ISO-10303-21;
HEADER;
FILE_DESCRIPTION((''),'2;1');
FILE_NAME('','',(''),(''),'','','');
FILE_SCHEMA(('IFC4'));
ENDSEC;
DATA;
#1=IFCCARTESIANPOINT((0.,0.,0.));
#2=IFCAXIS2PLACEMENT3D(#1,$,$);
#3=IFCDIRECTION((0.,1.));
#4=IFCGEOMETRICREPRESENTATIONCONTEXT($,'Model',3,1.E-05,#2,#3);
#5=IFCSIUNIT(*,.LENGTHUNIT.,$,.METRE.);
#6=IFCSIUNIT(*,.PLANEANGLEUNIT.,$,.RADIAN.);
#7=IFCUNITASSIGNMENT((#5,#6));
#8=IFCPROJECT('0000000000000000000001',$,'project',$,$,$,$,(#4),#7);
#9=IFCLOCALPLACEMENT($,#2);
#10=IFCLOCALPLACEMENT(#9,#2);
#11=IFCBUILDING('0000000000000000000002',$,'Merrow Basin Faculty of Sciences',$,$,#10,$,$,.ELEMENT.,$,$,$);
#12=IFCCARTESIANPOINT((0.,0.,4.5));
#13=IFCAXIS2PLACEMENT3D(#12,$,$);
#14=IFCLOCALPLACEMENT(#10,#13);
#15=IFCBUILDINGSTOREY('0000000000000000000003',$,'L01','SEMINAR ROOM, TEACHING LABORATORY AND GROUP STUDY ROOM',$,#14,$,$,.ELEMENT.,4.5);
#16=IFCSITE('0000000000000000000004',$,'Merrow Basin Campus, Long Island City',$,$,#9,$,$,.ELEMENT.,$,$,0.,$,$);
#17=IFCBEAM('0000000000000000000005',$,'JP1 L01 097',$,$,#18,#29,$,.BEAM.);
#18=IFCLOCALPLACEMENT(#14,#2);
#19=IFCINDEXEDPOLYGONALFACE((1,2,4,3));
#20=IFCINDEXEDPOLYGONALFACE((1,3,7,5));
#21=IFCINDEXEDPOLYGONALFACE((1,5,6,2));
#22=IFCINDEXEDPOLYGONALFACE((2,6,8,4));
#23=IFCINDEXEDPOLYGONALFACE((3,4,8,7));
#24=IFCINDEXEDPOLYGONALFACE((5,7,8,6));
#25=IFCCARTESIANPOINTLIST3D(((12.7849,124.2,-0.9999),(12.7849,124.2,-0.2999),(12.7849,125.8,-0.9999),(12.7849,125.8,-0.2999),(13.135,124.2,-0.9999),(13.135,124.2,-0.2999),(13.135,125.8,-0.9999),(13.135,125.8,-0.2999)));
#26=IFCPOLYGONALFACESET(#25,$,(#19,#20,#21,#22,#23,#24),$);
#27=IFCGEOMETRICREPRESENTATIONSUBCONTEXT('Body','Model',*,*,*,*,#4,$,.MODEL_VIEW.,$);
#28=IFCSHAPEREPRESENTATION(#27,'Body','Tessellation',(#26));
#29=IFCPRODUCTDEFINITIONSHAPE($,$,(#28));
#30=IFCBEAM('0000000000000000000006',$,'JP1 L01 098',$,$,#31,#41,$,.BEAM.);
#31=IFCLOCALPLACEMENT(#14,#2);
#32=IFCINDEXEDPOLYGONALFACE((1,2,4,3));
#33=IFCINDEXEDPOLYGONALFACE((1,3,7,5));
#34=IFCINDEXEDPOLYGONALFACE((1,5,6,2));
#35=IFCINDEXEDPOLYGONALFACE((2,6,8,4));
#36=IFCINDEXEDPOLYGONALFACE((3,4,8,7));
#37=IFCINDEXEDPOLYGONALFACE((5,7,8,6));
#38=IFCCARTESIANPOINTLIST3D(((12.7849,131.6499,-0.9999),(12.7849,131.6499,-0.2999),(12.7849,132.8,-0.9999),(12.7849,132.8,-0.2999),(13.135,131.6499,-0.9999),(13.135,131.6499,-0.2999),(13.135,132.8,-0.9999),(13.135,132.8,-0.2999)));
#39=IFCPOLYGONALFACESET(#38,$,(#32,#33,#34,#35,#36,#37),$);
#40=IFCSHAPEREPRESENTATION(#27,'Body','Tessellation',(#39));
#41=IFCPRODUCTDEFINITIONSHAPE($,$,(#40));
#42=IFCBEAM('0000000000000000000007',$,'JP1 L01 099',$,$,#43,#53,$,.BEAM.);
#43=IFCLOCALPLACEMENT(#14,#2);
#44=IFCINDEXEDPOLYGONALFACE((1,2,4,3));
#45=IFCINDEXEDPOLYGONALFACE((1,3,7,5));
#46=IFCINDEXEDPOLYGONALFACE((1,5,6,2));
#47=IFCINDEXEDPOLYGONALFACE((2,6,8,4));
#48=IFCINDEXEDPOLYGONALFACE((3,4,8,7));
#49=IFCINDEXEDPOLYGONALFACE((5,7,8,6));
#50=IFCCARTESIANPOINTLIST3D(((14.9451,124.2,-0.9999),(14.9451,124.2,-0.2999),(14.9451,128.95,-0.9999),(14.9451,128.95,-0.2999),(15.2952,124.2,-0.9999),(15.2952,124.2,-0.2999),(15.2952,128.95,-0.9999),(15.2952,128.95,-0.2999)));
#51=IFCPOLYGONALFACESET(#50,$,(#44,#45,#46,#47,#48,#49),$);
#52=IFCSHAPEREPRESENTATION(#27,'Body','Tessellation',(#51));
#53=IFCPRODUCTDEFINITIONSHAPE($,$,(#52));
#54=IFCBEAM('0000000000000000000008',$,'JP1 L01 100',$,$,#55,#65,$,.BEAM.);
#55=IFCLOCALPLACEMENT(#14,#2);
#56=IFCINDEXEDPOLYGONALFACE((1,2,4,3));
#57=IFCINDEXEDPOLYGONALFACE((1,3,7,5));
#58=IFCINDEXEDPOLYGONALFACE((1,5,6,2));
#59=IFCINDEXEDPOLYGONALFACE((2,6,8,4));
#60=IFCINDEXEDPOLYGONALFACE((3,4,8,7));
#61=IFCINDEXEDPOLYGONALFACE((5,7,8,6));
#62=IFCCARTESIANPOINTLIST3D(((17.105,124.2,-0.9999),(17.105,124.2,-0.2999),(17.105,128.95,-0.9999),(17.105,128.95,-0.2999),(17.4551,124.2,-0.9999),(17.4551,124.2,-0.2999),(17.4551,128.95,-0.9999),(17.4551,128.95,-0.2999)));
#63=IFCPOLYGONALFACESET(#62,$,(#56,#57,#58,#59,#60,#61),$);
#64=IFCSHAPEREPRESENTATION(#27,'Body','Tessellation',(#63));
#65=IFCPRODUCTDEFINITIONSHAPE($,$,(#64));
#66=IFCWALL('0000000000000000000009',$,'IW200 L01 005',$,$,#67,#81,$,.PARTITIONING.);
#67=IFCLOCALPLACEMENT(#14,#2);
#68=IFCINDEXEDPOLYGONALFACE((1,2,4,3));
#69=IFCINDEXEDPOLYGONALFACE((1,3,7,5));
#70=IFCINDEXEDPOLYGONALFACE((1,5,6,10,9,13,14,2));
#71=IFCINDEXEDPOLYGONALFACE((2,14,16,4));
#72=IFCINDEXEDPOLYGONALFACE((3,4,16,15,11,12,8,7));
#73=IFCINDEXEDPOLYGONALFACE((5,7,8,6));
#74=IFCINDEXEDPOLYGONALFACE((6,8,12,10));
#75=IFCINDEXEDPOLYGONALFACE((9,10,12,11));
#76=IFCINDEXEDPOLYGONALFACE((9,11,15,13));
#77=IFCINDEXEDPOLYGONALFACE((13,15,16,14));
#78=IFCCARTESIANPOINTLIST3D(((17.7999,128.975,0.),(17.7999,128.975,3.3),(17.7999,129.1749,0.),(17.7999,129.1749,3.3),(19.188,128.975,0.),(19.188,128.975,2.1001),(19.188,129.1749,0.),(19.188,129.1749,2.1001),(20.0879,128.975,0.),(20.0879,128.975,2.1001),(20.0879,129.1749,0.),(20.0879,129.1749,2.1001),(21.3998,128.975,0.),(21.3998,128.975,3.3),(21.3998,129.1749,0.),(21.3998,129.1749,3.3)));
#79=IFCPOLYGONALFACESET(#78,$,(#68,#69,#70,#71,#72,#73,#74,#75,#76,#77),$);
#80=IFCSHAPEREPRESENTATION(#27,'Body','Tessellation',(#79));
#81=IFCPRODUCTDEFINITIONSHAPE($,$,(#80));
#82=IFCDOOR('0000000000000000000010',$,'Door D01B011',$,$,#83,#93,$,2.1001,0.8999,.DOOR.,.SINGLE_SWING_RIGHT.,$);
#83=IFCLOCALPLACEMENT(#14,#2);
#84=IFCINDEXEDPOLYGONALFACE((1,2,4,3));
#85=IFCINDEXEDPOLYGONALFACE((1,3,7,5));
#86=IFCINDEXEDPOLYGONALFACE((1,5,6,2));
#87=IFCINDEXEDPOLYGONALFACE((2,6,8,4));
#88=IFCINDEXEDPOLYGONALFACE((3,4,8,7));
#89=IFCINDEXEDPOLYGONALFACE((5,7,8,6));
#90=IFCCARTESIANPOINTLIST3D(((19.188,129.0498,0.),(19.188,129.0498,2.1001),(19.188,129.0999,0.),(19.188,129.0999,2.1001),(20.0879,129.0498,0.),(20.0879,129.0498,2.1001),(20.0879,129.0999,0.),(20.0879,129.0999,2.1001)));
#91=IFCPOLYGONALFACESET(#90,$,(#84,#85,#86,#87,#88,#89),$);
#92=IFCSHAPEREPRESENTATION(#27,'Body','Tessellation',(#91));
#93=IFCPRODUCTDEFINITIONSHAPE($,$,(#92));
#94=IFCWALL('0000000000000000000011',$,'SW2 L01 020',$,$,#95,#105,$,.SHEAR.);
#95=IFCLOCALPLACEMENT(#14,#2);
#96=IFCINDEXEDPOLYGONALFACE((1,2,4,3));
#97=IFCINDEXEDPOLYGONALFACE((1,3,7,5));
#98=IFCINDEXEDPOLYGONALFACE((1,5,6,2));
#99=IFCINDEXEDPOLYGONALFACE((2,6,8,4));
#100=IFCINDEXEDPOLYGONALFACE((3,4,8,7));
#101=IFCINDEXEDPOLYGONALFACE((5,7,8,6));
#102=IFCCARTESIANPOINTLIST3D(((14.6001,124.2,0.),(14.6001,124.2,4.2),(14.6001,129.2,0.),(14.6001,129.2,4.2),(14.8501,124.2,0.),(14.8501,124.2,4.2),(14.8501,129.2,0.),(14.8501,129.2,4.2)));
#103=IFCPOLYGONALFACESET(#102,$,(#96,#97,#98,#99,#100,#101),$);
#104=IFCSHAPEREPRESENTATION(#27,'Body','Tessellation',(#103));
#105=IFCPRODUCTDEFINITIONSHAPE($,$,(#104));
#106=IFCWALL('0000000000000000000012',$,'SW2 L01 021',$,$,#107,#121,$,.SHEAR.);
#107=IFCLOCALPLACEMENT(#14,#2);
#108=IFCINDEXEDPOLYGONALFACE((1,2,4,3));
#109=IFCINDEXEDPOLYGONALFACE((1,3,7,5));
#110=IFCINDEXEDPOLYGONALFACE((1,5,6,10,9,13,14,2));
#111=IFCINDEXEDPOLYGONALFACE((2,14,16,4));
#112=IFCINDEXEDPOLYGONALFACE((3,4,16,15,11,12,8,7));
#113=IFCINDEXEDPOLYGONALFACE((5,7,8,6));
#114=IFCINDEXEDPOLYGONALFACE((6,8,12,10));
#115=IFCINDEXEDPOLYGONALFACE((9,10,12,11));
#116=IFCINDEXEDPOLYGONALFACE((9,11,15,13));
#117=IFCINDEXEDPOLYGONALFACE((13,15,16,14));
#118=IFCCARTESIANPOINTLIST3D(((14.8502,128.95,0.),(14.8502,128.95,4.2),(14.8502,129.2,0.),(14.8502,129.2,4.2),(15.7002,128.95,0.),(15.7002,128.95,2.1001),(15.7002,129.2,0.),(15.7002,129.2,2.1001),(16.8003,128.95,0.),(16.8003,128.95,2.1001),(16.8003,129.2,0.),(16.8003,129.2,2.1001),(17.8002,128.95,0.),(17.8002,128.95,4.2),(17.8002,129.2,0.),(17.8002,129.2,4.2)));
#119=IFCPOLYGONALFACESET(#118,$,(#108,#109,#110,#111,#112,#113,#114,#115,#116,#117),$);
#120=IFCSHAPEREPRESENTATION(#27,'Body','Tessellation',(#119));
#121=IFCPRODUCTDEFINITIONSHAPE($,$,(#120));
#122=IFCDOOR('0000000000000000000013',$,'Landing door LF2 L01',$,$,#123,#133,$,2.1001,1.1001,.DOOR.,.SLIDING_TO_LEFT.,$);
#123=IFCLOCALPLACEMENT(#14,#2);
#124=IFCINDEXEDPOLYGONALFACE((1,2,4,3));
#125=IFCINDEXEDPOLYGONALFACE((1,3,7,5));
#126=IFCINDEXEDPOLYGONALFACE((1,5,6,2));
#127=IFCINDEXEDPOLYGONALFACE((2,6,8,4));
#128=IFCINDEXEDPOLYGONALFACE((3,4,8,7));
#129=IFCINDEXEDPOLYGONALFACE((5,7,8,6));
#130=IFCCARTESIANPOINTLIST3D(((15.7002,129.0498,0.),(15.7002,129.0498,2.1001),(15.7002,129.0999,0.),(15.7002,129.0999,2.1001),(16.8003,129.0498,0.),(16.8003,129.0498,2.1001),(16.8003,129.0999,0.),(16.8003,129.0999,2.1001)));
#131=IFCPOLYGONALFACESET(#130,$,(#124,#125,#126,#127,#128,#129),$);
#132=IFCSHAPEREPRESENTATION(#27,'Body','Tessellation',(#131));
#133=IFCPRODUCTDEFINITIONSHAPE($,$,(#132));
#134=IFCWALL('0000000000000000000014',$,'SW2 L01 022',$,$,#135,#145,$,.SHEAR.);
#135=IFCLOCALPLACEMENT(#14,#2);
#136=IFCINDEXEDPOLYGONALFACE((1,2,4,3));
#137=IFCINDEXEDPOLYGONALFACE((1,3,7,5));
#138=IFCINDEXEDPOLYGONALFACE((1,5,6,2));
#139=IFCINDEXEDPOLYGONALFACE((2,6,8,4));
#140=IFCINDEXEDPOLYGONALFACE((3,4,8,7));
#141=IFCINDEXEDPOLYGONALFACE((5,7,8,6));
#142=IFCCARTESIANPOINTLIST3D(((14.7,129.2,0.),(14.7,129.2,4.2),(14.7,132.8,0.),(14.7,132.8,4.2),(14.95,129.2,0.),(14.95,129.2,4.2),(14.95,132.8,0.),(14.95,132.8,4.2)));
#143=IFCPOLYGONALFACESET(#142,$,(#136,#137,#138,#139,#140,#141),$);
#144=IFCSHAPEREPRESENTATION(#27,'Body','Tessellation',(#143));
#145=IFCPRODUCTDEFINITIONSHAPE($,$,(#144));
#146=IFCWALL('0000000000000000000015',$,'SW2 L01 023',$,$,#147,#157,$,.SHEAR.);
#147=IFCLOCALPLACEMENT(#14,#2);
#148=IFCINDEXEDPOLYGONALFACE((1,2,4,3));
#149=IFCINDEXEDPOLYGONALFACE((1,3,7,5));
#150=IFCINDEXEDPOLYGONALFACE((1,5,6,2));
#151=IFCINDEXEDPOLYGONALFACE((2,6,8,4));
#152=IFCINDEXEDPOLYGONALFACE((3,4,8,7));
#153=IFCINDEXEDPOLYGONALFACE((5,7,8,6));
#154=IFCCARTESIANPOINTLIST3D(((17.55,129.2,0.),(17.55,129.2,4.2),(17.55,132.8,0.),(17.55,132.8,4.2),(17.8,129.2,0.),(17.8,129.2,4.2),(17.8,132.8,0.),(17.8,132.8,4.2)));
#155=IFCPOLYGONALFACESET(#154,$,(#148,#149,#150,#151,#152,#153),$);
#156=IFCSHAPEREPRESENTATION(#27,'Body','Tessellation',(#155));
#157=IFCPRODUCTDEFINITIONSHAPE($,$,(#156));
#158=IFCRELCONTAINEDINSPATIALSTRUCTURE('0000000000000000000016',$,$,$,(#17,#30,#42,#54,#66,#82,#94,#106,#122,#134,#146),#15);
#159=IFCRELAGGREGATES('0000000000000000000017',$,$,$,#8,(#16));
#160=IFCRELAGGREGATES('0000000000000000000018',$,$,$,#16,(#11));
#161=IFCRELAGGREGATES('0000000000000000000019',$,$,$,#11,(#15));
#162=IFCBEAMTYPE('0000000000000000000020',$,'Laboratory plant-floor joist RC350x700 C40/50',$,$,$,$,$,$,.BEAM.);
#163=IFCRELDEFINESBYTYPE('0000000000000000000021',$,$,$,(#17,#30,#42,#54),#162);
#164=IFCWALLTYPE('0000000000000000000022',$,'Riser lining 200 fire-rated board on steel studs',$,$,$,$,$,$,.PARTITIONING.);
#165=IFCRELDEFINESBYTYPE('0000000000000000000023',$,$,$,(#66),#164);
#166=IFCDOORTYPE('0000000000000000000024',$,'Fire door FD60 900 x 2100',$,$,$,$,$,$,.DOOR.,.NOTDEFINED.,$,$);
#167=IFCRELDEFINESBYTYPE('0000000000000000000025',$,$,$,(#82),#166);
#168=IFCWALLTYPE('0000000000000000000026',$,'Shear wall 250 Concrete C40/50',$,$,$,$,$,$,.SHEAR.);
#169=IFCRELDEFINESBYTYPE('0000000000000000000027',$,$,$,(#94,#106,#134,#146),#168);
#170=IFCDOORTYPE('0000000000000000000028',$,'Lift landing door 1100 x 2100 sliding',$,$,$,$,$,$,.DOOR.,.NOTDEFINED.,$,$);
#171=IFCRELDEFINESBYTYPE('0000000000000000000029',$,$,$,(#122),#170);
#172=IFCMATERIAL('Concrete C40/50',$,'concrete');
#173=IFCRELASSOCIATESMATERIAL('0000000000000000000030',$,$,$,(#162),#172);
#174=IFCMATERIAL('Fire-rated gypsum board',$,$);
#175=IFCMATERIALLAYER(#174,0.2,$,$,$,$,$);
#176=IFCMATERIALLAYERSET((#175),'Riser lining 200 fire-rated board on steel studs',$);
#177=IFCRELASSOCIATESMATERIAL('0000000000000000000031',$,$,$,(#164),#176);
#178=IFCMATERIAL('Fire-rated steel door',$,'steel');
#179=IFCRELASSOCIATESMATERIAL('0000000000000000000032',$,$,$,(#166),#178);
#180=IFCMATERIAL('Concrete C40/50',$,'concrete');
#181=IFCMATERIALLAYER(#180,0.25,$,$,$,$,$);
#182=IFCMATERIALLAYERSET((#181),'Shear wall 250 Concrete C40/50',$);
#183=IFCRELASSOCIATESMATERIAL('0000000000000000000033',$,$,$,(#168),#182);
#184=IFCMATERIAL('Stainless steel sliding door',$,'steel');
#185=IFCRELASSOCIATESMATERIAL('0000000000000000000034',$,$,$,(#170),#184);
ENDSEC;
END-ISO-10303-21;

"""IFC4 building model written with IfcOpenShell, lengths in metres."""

from ifc_helpers import new_model, si_unit, direction, frame, frame_2d, origin, origin_2d, place, context, subcontext, project, spatial, rectangle, extrude, material, layer, layer_set, material_profile, profile_set, type_object, element, fill, save


model = new_model("IFC4")

# Units and contexts
model_context = context("Model", 3, precision=1e-05, world=origin(), true_north=direction((0.0, 1.0)))
body_context = subcontext(model_context, "Body", "Model", "MODEL_VIEW")
ifc_project = project(units=[si_unit("LENGTHUNIT", "METRE"), si_unit("PLANEANGLEUNIT", "RADIAN")], contexts=[model_context])

# Site, building, storey
site_placement = place(None, origin())
site = spatial("IfcSite", under=ifc_project, at=site_placement, Name="Merrow Basin Campus, Long Island City", CompositionType="ELEMENT", RefElevation=0.0)
building_placement = place(site_placement, origin())
building = spatial("IfcBuilding", under=site, at=building_placement, Name="Merrow Basin Faculty of Sciences", CompositionType="ELEMENT")
storey_placement = place(building_placement, frame((0.0, 0.0, 4.5)))
storey = spatial("IfcBuildingStorey", under=building, at=storey_placement, Name="L01", Description="SEMINAR ROOM, TEACHING LABORATORY AND GROUP STUDY ROOM", CompositionType="ELEMENT", Elevation=4.5)

# Beams
ifc_material_1 = material(Name="Concrete C40/50", Category="concrete")
ifc_material_profile = material_profile(ifc_material_1, rectangle(XDim=0.3501, YDim=0.7, at=origin_2d()))
ifc_profile_set = profile_set([ifc_material_profile], Name="Concrete C40/50")
beam_type = type_object("IfcBeamType", Name="Laboratory plant-floor joist RC350x700 C40/50", PredefinedType="BEAM", material=ifc_profile_set)
beam_1_placement = place(storey_placement, frame((12.96, 124.2, -0.6499), z_axis=(0.0, 1.0, 0.0), x_axis=(-1.0, 0.0, 0.0)))
element("IfcBeam", 1, at=beam_1_placement, inside=storey, type_object=beam_type, Name="JP1 L01 097", PredefinedType="BEAM", context=body_context, shape_type="SweptSolid", body=[
    extrude(rectangle(XDim=0.3501, YDim=0.7, at=origin_2d()), origin(), (0.0, 0.0, 1.0), 1.6001),
])
beam_2_placement = place(storey_placement, frame((12.96, 131.6499, -0.6499), z_axis=(0.0, 1.0, 0.0), x_axis=(-1.0, 0.0, 0.0)))
element("IfcBeam", 2, at=beam_2_placement, inside=storey, type_object=beam_type, Name="JP1 L01 098", PredefinedType="BEAM", context=body_context, shape_type="SweptSolid", body=[
    extrude(rectangle(XDim=0.3501, YDim=0.7, at=origin_2d()), origin(), (0.0, 0.0, 1.0), 1.1501),
])
for number, where, z_axis, x_axis, name in (
    (3, (15.1201, 124.2, -0.6499), (0.0, 1.0, 0.0), (-1.0, 0.0, 0.0), "JP1 L01 099"),
    (4, (17.28, 124.2, -0.6499), (0.0, 1.0, 0.0), (-1.0, 0.0, 0.0), "JP1 L01 100"),
):
    element("IfcBeam", number, at=place(storey_placement, frame(where, z_axis=z_axis, x_axis=x_axis)), inside=storey, type_object=beam_type, Name=name, PredefinedType="BEAM", context=body_context, shape_type="SweptSolid", body=[
        extrude(rectangle(XDim=0.3501, YDim=0.7, at=origin_2d()), origin(), (0.0, 0.0, 1.0), 4.75),
    ])

# Wall, opening, door
ifc_material_2 = material(Name="Fire-rated gypsum board")
ifc_layer_1 = layer(ifc_material_2, 0.2)
ifc_layer_set_1 = layer_set([ifc_layer_1], Name="Riser lining 200 fire-rated board on steel studs")
wall_type_1 = type_object("IfcWallType", Name="Riser lining 200 fire-rated board on steel studs", PredefinedType="PARTITIONING", material=ifc_layer_set_1)
wall_1_placement = place(storey_placement, frame((17.8, 129.075, 0.0), z_axis=(0.0, 0.0, 1.0), x_axis=(1.0, 0.0, 0.0)))
wall_1 = element("IfcWall", 5, at=wall_1_placement, inside=storey, type_object=wall_type_1, Name="IW200 L01 005", PredefinedType="PARTITIONING", context=body_context, shape_type="SweptSolid", body=[
    extrude(rectangle(XDim=3.5999, YDim=0.2, at=frame_2d((1.7998, 0.0))), origin(), (0.0, 0.0, 1.0), 3.3),
])
opening_1_placement = place(wall_1_placement, frame((1.3879, 0.0, 0.0)))
opening_1 = element("IfcOpeningElement", 6, at=opening_1_placement, cuts=wall_1, PredefinedType="OPENING", context=body_context, shape_type="SweptSolid", body=[
    extrude(rectangle(XDim=0.8999, YDim=2.1001, at=frame_2d((0.45, 1.05))), frame((0.0, 0.1099, 0.0), z_axis=(0.0, -1.0, 0.0), x_axis=(1.0, 0.0, 0.0)), (0.0, 0.0, 1.0), 0.22),
])
ifc_material_3 = material(Name="Fire-rated steel door", Category="steel")
door_type_1 = type_object("IfcDoorType", Name="Fire door FD60 900 x 2100", OperationType="NOTDEFINED", PredefinedType="DOOR", material=ifc_material_3)
door_1_placement = place(opening_1_placement, origin())
door_1 = element("IfcDoor", 7, at=door_1_placement, inside=storey, type_object=door_type_1, Name="Door D01B011", OperationType="SINGLE_SWING_RIGHT", OverallHeight=2.1001, OverallWidth=0.8999, PredefinedType="DOOR", context=body_context, shape_type="SweptSolid", body=[
    extrude(rectangle(XDim=0.8999, YDim=2.1001, at=frame_2d((0.45, 1.05))), frame((0.0, 0.0249, 0.0), z_axis=(0.0, -1.0, 0.0), x_axis=(1.0, 0.0, 0.0)), (0.0, 0.0, 1.0), 0.05),
])
fill(opening_1, door_1)

# Wall
ifc_material_4 = material(Name="Concrete C40/50", Category="concrete")
ifc_layer_2 = layer(ifc_material_4, 0.25)
ifc_layer_set_2 = layer_set([ifc_layer_2], Name="Shear wall 250 Concrete C40/50")
wall_type_2 = type_object("IfcWallType", Name="Shear wall 250 Concrete C40/50", PredefinedType="SHEAR", material=ifc_layer_set_2)
wall_2_placement = place(storey_placement, frame((14.7251, 124.2, 0.0), z_axis=(0.0, 0.0, 1.0), x_axis=(0.0, 1.0, 0.0)))
element("IfcWall", 8, at=wall_2_placement, inside=storey, type_object=wall_type_2, Name="SW2 L01 020", PredefinedType="SHEAR", context=body_context, shape_type="SweptSolid", body=[
    extrude(rectangle(XDim=5.0, YDim=0.25, at=frame_2d((2.5, 0.0))), origin(), (0.0, 0.0, 1.0), 4.2),
])

# Wall, opening, door
wall_3_placement = place(storey_placement, frame((14.8501, 129.075, 0.0), z_axis=(0.0, 0.0, 1.0), x_axis=(1.0, 0.0, 0.0)))
wall_3 = element("IfcWall", 9, at=wall_3_placement, inside=storey, type_object=wall_type_2, Name="SW2 L01 021", PredefinedType="SHEAR", context=body_context, shape_type="SweptSolid", body=[
    extrude(rectangle(XDim=2.95, YDim=0.25, at=frame_2d((1.4751, 0.0))), origin(), (0.0, 0.0, 1.0), 4.2),
])
opening_2_placement = place(wall_3_placement, frame((0.8501, 0.0, 0.0)))
opening_2 = element("IfcOpeningElement", 10, at=opening_2_placement, cuts=wall_3, PredefinedType="OPENING", context=body_context, shape_type="SweptSolid", body=[
    extrude(rectangle(XDim=1.1001, YDim=2.1001, at=frame_2d((0.55, 1.05))), frame((0.0, 0.135, 0.0), z_axis=(0.0, -1.0, 0.0), x_axis=(1.0, 0.0, 0.0)), (0.0, 0.0, 1.0), 0.27),
])
ifc_material_5 = material(Name="Stainless steel sliding door", Category="steel")
door_type_2 = type_object("IfcDoorType", Name="Lift landing door 1100 x 2100 sliding", OperationType="NOTDEFINED", PredefinedType="DOOR", material=ifc_material_5)
door_2_placement = place(opening_2_placement, origin())
door_2 = element("IfcDoor", 11, at=door_2_placement, inside=storey, type_object=door_type_2, Name="Landing door LF2 L01", OperationType="SLIDING_TO_LEFT", OverallHeight=2.1001, OverallWidth=1.1001, PredefinedType="DOOR", context=body_context, shape_type="SweptSolid", body=[
    extrude(rectangle(XDim=1.1001, YDim=2.1001, at=frame_2d((0.55, 1.05))), frame((0.0, 0.0249, 0.0), z_axis=(0.0, -1.0, 0.0), x_axis=(1.0, 0.0, 0.0)), (0.0, 0.0, 1.0), 0.05),
])
fill(opening_2, door_2)

# Walls
for number, where, z_axis, x_axis, name in (
    (12, (14.825, 129.2, 0.0), (0.0, 0.0, 1.0), (0.0, 1.0, 0.0), "SW2 L01 022"),
    (13, (17.675, 129.2, 0.0), (0.0, 0.0, 1.0), (0.0, 1.0, 0.0), "SW2 L01 023"),
):
    element("IfcWall", number, at=place(storey_placement, frame(where, z_axis=z_axis, x_axis=x_axis)), inside=storey, type_object=wall_type_2, Name=name, PredefinedType="SHEAR", context=body_context, shape_type="SweptSolid", body=[
        extrude(rectangle(XDim=3.6001, YDim=0.25, at=frame_2d((1.8, 0.0))), origin(), (0.0, 0.0, 1.0), 4.2),
    ])

save(model, "model.ifc")
